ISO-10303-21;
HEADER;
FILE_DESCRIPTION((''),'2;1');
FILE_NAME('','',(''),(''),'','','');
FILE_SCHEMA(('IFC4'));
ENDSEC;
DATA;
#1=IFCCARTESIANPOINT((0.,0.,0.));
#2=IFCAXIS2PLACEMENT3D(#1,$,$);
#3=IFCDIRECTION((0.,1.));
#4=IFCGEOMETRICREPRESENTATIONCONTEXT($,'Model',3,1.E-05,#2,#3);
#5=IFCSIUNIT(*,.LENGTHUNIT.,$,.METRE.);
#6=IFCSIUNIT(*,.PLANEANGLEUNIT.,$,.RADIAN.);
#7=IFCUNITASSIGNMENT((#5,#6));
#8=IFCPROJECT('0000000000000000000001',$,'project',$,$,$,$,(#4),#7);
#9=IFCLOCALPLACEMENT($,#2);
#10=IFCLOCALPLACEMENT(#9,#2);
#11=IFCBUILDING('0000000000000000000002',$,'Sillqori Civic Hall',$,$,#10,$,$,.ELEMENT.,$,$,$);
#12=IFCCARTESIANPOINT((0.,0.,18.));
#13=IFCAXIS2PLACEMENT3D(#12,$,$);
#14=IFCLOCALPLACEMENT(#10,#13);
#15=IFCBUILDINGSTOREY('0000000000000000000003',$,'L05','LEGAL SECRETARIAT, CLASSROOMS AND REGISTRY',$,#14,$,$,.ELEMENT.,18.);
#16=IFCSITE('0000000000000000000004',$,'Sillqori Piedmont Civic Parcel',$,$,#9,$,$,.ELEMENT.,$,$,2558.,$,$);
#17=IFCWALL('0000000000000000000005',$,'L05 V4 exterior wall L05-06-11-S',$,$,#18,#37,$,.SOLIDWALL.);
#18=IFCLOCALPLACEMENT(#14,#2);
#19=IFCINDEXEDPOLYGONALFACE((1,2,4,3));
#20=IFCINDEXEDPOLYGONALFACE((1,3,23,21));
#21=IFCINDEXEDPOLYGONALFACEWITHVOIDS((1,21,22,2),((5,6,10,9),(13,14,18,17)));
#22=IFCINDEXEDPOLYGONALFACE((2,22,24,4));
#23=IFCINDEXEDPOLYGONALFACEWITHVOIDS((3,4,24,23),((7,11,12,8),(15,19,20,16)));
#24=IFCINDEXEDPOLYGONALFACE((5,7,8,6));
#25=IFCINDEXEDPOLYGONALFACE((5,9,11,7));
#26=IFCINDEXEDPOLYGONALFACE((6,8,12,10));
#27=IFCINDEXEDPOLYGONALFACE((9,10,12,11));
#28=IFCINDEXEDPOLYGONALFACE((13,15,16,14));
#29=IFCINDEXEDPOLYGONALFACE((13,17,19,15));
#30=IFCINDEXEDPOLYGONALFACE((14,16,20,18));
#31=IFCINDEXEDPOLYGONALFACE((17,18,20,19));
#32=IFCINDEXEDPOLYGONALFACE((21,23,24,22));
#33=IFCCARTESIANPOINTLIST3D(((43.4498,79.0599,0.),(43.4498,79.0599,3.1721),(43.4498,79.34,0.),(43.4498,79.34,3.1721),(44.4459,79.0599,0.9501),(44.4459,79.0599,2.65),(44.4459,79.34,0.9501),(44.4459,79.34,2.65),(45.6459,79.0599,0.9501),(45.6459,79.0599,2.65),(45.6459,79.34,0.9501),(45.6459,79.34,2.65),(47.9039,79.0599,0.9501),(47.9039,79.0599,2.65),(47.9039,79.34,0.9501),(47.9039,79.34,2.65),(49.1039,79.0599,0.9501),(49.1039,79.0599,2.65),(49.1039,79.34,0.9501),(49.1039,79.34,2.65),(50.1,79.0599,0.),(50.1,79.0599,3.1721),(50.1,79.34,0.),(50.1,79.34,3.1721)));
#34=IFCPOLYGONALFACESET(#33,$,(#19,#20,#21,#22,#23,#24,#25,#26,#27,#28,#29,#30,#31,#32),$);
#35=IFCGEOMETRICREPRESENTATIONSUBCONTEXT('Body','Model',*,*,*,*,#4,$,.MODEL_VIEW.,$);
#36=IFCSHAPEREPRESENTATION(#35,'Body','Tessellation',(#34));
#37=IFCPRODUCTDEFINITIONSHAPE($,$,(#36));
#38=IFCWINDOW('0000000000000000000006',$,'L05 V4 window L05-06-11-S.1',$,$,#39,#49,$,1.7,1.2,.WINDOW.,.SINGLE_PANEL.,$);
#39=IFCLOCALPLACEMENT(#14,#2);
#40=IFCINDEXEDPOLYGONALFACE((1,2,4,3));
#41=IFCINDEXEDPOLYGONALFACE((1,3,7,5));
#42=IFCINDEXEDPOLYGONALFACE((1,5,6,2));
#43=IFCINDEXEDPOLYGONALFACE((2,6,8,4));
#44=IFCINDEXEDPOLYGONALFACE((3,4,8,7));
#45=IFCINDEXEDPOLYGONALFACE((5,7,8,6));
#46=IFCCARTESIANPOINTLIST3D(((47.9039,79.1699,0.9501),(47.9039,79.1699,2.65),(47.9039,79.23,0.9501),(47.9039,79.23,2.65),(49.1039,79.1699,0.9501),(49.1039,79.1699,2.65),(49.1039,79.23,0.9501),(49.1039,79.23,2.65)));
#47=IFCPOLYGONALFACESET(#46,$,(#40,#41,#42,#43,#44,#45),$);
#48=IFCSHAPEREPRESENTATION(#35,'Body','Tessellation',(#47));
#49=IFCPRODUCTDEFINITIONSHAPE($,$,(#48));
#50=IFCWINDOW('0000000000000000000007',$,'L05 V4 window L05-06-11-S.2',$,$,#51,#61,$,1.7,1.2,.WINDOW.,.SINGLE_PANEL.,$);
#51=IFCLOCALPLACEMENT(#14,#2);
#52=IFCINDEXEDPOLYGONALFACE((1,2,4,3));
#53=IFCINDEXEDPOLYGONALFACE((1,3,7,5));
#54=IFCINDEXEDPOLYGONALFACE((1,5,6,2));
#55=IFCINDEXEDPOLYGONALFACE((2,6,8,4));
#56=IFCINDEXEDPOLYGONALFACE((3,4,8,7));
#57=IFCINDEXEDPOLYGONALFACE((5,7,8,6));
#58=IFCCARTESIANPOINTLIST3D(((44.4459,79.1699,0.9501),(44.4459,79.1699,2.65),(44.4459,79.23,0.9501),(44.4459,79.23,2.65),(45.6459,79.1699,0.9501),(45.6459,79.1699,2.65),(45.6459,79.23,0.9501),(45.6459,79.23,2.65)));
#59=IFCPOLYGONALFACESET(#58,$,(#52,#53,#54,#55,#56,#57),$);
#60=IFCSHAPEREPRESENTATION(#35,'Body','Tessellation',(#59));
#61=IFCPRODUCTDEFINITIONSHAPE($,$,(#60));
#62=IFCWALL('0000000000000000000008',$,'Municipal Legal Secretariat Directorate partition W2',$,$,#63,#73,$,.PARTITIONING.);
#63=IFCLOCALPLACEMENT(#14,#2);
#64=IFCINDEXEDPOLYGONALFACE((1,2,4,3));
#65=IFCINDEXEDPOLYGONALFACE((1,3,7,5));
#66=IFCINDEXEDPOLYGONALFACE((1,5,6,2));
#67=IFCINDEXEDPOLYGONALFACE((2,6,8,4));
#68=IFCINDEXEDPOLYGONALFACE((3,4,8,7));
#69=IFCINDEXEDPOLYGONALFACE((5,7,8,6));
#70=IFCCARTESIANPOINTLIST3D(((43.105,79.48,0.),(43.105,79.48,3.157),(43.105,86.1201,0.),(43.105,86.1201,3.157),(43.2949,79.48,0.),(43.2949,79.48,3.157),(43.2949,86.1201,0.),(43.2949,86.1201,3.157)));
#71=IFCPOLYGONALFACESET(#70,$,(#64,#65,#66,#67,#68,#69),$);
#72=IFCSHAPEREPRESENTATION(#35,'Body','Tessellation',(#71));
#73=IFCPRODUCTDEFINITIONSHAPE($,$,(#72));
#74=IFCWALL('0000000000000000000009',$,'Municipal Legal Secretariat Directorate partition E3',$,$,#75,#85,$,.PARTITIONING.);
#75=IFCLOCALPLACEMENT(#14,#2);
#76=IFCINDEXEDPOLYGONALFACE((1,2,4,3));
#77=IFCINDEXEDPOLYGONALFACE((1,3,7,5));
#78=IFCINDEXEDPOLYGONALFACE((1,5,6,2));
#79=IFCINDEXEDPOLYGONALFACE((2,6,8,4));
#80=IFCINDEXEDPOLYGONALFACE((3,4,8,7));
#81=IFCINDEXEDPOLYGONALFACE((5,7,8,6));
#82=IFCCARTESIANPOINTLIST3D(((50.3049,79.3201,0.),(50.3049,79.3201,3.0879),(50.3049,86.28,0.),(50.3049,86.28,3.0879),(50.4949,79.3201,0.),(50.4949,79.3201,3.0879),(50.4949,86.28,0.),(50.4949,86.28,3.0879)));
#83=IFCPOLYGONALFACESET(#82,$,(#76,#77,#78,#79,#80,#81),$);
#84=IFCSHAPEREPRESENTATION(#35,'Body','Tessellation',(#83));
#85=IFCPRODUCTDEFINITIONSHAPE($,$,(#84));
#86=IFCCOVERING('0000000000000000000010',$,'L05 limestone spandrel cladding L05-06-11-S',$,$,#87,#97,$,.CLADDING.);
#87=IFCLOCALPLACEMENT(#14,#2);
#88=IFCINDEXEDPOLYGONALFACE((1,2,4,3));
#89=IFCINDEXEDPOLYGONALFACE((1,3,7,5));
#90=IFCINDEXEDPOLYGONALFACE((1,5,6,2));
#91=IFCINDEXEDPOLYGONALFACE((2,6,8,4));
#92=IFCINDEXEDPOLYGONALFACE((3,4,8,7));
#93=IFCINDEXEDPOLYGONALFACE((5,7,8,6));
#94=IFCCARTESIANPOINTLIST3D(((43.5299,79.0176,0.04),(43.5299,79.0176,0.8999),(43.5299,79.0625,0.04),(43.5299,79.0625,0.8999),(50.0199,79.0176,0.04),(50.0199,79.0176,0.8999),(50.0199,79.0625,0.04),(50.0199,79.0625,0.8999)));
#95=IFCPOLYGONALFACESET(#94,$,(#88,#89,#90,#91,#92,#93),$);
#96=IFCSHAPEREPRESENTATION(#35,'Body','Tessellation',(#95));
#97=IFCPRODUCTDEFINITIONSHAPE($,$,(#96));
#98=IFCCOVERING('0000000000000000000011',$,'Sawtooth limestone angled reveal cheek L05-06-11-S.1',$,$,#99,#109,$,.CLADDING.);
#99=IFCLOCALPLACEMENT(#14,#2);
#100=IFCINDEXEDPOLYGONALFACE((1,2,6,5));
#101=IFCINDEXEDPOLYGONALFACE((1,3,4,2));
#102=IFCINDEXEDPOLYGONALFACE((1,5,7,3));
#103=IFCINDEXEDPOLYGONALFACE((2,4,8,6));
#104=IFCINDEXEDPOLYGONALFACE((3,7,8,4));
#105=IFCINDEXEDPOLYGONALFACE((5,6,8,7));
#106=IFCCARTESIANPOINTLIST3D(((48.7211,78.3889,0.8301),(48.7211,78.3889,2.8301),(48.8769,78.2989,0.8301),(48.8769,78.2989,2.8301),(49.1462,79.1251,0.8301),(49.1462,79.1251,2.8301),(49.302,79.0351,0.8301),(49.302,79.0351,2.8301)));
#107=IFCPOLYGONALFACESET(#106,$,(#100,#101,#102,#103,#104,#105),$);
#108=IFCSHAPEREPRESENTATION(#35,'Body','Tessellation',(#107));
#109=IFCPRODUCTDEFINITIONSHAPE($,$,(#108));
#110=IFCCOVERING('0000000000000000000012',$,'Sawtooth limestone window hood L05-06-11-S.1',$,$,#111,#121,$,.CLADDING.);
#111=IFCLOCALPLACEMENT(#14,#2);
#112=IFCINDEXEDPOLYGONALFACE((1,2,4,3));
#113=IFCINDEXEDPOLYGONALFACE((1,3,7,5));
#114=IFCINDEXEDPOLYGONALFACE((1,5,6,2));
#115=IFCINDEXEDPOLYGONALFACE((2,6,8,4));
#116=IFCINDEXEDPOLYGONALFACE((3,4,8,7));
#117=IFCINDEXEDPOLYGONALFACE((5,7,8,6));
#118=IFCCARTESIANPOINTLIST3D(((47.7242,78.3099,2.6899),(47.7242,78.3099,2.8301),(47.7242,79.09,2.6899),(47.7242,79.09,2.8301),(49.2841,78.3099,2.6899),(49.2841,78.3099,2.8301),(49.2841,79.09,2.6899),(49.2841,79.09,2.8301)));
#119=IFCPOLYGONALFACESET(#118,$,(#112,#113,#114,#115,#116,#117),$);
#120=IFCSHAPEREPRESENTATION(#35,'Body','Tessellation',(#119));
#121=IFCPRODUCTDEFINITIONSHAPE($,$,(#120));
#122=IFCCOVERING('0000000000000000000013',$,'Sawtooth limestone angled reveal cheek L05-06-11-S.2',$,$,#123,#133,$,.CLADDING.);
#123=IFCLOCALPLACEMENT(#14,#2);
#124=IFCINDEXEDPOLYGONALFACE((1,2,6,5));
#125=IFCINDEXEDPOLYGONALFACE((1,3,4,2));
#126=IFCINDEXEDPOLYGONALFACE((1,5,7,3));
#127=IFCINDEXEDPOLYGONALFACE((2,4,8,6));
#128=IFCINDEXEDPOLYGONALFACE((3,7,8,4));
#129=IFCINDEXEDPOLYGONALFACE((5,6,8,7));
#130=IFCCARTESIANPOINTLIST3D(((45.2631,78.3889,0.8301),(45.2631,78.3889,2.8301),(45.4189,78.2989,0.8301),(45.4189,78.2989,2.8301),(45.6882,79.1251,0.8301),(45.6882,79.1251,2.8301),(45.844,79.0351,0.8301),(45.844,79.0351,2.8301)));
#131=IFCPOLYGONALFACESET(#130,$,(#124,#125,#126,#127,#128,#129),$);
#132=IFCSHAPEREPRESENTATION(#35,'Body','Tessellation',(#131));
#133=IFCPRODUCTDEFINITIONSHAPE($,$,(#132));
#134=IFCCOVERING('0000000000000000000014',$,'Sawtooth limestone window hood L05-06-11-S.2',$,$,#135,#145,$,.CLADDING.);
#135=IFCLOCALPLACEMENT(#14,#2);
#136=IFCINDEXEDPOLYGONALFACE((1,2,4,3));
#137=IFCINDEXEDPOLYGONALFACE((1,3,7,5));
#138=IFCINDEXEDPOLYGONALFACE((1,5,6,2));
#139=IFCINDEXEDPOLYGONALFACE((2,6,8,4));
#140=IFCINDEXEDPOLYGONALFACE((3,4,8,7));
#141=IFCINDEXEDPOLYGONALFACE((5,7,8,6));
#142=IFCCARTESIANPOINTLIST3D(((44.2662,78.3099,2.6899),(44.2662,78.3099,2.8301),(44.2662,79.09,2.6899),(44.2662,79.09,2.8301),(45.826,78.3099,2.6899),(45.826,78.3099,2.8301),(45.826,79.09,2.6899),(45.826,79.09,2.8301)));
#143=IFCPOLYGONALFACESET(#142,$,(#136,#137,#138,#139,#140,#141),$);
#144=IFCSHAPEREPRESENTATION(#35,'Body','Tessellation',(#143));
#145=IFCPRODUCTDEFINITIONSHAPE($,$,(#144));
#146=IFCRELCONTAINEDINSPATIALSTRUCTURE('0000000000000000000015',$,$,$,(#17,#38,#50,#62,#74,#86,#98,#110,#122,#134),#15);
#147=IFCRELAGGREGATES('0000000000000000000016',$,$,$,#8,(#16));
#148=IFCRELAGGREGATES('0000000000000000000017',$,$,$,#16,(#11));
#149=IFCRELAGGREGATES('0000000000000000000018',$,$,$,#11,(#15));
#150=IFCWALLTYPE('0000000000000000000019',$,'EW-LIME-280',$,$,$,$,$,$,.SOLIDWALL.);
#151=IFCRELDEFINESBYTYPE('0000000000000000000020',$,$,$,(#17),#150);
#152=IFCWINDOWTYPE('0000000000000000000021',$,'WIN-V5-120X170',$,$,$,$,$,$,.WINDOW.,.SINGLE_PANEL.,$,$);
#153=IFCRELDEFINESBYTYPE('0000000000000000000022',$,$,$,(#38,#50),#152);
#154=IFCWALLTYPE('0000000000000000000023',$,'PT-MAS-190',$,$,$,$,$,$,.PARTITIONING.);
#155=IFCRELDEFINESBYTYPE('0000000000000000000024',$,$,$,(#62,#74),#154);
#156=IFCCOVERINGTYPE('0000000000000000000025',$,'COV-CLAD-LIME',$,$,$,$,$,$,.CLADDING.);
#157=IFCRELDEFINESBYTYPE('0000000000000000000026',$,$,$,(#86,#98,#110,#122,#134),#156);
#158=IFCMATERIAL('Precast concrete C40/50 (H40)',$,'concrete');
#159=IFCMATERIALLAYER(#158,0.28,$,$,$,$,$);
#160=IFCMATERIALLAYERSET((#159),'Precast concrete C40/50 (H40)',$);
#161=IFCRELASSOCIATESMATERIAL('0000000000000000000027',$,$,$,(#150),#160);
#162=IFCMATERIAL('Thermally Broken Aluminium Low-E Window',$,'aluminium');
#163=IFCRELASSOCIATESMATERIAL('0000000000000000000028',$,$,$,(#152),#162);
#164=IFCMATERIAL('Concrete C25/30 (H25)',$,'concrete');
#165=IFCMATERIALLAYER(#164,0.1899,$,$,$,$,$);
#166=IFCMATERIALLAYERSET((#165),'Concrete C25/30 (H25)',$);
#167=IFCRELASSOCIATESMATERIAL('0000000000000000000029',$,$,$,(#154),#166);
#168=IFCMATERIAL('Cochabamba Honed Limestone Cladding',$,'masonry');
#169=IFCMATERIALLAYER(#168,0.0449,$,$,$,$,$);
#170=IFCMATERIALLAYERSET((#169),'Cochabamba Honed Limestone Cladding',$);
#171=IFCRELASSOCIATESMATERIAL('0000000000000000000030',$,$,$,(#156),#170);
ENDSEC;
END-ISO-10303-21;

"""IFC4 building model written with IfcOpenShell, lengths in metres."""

from ifc_helpers import new_model, si_unit, direction, frame, frame_2d, origin, place, context, subcontext, project, spatial, rectangle, extrude, material, layer, layer_set, type_object, element, fill, save


model = new_model("IFC4")

# Units and contexts
model_context = context("Model", 3, precision=1e-05, world=origin(), true_north=direction((0.0, 1.0)))
body_context = subcontext(model_context, "Body", "Model", "MODEL_VIEW")
ifc_project = project(units=[si_unit("LENGTHUNIT", "METRE"), si_unit("PLANEANGLEUNIT", "RADIAN")], contexts=[model_context])

# Site, building, storey
site_placement = place(None, origin())
site = spatial("IfcSite", under=ifc_project, at=site_placement, Name="Sillqori Piedmont Civic Parcel", CompositionType="ELEMENT", RefElevation=2558.0)
building_placement = place(site_placement, origin())
building = spatial("IfcBuilding", under=site, at=building_placement, Name="Sillqori Civic Hall", CompositionType="ELEMENT")
storey_placement = place(building_placement, frame((0.0, 0.0, 18.0)))
storey = spatial("IfcBuildingStorey", under=building, at=storey_placement, Name="L05", Description="LEGAL SECRETARIAT, CLASSROOMS AND REGISTRY", CompositionType="ELEMENT", Elevation=18.0)

# Wall, openings, windows
ifc_material_1 = material(Name="Precast concrete C40/50 (H40)", Category="concrete")
ifc_layer_1 = layer(ifc_material_1, 0.28)
ifc_layer_set_1 = layer_set([ifc_layer_1], Name="Precast concrete C40/50 (H40)")
wall_type_1 = type_object("IfcWallType", Name="EW-LIME-280", PredefinedType="SOLIDWALL", material=ifc_layer_set_1)
wall_1_placement = place(storey_placement, frame((50.1001, 79.2, 0.0), z_axis=(0.0, 0.0, 1.0), x_axis=(-1.0, 0.0, 0.0)))
wall_1 = element("IfcWall", 1, at=wall_1_placement, inside=storey, type_object=wall_type_1, Name="L05 V4 exterior wall L05-06-11-S", PredefinedType="SOLIDWALL", context=body_context, shape_type="SweptSolid", body=[
    extrude(rectangle(XDim=6.6501, YDim=0.28, at=frame_2d((3.3252, 0.0))), origin(), (0.0, 0.0, 1.0), 3.1721),
])
opening_1_placement = place(wall_1_placement, frame((0.9961, 0.0, 0.95)))
opening_1 = element("IfcOpeningElement", 2, at=opening_1_placement, cuts=wall_1, PredefinedType="OPENING", context=body_context, shape_type="SweptSolid", body=[
    extrude(rectangle(XDim=1.2, YDim=1.7, at=frame_2d((0.6001, 0.8501))), frame((0.0, 0.1499, 0.0), z_axis=(0.0, -1.0, 0.0), x_axis=(1.0, 0.0, 0.0)), (0.0, 0.0, 1.0), 0.3),
])
opening_2_placement = place(wall_1_placement, frame((4.4541, 0.0, 0.95)))
opening_2 = element("IfcOpeningElement", 3, at=opening_2_placement, cuts=wall_1, PredefinedType="OPENING", context=body_context, shape_type="SweptSolid", body=[
    extrude(rectangle(XDim=1.2, YDim=1.7, at=frame_2d((0.6001, 0.8501))), frame((0.0, 0.1499, 0.0), z_axis=(0.0, -1.0, 0.0), x_axis=(1.0, 0.0, 0.0)), (0.0, 0.0, 1.0), 0.3),
])
ifc_material_2 = material(Name="Thermally Broken Aluminium Low-E Window", Category="aluminium")
window_type = type_object("IfcWindowType", Name="WIN-V5-120X170", PartitioningType="SINGLE_PANEL", PredefinedType="WINDOW", material=ifc_material_2)
window_1_placement = place(opening_1_placement, origin())
window_1 = element("IfcWindow", 4, at=window_1_placement, inside=storey, type_object=window_type, Name="L05 V4 window L05-06-11-S.1", OverallHeight=1.7, OverallWidth=1.2, PartitioningType="SINGLE_PANEL", PredefinedType="WINDOW", context=body_context, shape_type="SweptSolid", body=[
    extrude(rectangle(XDim=1.2, YDim=1.7, at=frame_2d((0.6001, 0.8501))), frame((0.0, 0.03, 0.0), z_axis=(0.0, -1.0, 0.0), x_axis=(1.0, 0.0, 0.0)), (0.0, 0.0, 1.0), 0.0601),
])
fill(opening_1, window_1)
window_2_placement = place(opening_2_placement, origin())
window_2 = element("IfcWindow", 5, at=window_2_placement, inside=storey, type_object=window_type, Name="L05 V4 window L05-06-11-S.2", OverallHeight=1.7, OverallWidth=1.2, PartitioningType="SINGLE_PANEL", PredefinedType="WINDOW", context=body_context, shape_type="SweptSolid", body=[
    extrude(rectangle(XDim=1.2, YDim=1.7, at=frame_2d((0.6001, 0.8501))), frame((0.0, 0.03, 0.0), z_axis=(0.0, -1.0, 0.0), x_axis=(1.0, 0.0, 0.0)), (0.0, 0.0, 1.0), 0.0601),
])
fill(opening_2, window_2)

# Walls
ifc_material_3 = material(Name="Concrete C25/30 (H25)", Category="concrete")
ifc_layer_2 = layer(ifc_material_3, 0.1899)
ifc_layer_set_2 = layer_set([ifc_layer_2], Name="Concrete C25/30 (H25)")
wall_type_2 = type_object("IfcWallType", Name="PT-MAS-190", PredefinedType="PARTITIONING", material=ifc_layer_set_2)
wall_2_placement = place(storey_placement, frame((43.2, 79.48, 0.0), z_axis=(0.0, 0.0, 1.0), x_axis=(0.0, 1.0, 0.0)))
element("IfcWall", 6, at=wall_2_placement, inside=storey, type_object=wall_type_2, Name="Municipal Legal Secretariat Directorate partition W2", PredefinedType="PARTITIONING", context=body_context, shape_type="SweptSolid", body=[
    extrude(rectangle(XDim=6.6401, YDim=0.1899, at=frame_2d((3.3201, 0.0))), origin(), (0.0, 0.0, 1.0), 3.157),
])
wall_3_placement = place(storey_placement, frame((50.3999, 86.28, 0.0), z_axis=(0.0, 0.0, 1.0), x_axis=(0.0, -1.0, 0.0)))
element("IfcWall", 7, at=wall_3_placement, inside=storey, type_object=wall_type_2, Name="Municipal Legal Secretariat Directorate partition E3", PredefinedType="PARTITIONING", context=body_context, shape_type="SweptSolid", body=[
    extrude(rectangle(XDim=6.96, YDim=0.1899, at=frame_2d((3.48, 0.0))), origin(), (0.0, 0.0, 1.0), 3.0879),
])

# Coverings
ifc_material_4 = material(Name="Cochabamba Honed Limestone Cladding", Category="masonry")
ifc_layer_3 = layer(ifc_material_4, 0.0449)
ifc_layer_set_3 = layer_set([ifc_layer_3], Name="Cochabamba Honed Limestone Cladding")
covering_type = type_object("IfcCoveringType", Name="COV-CLAD-LIME", PredefinedType="CLADDING", material=ifc_layer_set_3)
covering_1_placement = place(storey_placement, frame((50.02, 79.04, 0.04), z_axis=(0.0, 0.0, 1.0), x_axis=(-1.0, 0.0, 0.0)))
element("IfcCovering", 8, at=covering_1_placement, inside=storey, type_object=covering_type, Name="L05 limestone spandrel cladding L05-06-11-S", PredefinedType="CLADDING", context=body_context, shape_type="SweptSolid", body=[
    extrude(rectangle(XDim=6.49, YDim=0.0449, at=frame_2d((3.2451, 0.0))), origin(), (0.0, 0.0, 1.0), 0.8599),
])
covering_2_placement = place(storey_placement, frame((49.2241, 79.0801, 0.8301), z_axis=(0.0, 0.0, 1.0), x_axis=(-0.500062, -0.865989, 0.0)))
element("IfcCovering", 9, at=covering_2_placement, inside=storey, type_object=covering_type, Name="Sawtooth limestone angled reveal cheek L05-06-11-S.1", PredefinedType="CLADDING", context=body_context, shape_type="SweptSolid", body=[
    extrude(rectangle(XDim=0.8501, YDim=0.1799, at=frame_2d((0.425, 0.0))), origin(), (0.0, 0.0, 1.0), 2.0),
])
covering_3_placement = place(storey_placement, frame((49.2839, 78.7, 2.6899), z_axis=(0.0, 0.0, 1.0), x_axis=(-1.0, 0.0, 0.0)))
element("IfcCovering", 10, at=covering_3_placement, inside=storey, type_object=covering_type, Name="Sawtooth limestone window hood L05-06-11-S.1", PredefinedType="CLADDING", context=body_context, shape_type="SweptSolid", body=[
    extrude(rectangle(XDim=1.5598, YDim=0.78, at=frame_2d((0.7798, 0.0))), origin(), (0.0, 0.0, 1.0), 0.1401),
])
covering_4_placement = place(storey_placement, frame((45.7661, 79.0801, 0.8301), z_axis=(0.0, 0.0, 1.0), x_axis=(-0.500062, -0.865989, 0.0)))
element("IfcCovering", 11, at=covering_4_placement, inside=storey, type_object=covering_type, Name="Sawtooth limestone angled reveal cheek L05-06-11-S.2", PredefinedType="CLADDING", context=body_context, shape_type="SweptSolid", body=[
    extrude(rectangle(XDim=0.8501, YDim=0.1799, at=frame_2d((0.425, 0.0))), origin(), (0.0, 0.0, 1.0), 2.0),
])
covering_5_placement = place(storey_placement, frame((45.8259, 78.7, 2.6899), z_axis=(0.0, 0.0, 1.0), x_axis=(-1.0, 0.0, 0.0)))
element("IfcCovering", 12, at=covering_5_placement, inside=storey, type_object=covering_type, Name="Sawtooth limestone window hood L05-06-11-S.2", PredefinedType="CLADDING", context=body_context, shape_type="SweptSolid", body=[
    extrude(rectangle(XDim=1.5598, YDim=0.78, at=frame_2d((0.7798, 0.0))), origin(), (0.0, 0.0, 1.0), 0.1401),
])

save(model, "model.ifc")
